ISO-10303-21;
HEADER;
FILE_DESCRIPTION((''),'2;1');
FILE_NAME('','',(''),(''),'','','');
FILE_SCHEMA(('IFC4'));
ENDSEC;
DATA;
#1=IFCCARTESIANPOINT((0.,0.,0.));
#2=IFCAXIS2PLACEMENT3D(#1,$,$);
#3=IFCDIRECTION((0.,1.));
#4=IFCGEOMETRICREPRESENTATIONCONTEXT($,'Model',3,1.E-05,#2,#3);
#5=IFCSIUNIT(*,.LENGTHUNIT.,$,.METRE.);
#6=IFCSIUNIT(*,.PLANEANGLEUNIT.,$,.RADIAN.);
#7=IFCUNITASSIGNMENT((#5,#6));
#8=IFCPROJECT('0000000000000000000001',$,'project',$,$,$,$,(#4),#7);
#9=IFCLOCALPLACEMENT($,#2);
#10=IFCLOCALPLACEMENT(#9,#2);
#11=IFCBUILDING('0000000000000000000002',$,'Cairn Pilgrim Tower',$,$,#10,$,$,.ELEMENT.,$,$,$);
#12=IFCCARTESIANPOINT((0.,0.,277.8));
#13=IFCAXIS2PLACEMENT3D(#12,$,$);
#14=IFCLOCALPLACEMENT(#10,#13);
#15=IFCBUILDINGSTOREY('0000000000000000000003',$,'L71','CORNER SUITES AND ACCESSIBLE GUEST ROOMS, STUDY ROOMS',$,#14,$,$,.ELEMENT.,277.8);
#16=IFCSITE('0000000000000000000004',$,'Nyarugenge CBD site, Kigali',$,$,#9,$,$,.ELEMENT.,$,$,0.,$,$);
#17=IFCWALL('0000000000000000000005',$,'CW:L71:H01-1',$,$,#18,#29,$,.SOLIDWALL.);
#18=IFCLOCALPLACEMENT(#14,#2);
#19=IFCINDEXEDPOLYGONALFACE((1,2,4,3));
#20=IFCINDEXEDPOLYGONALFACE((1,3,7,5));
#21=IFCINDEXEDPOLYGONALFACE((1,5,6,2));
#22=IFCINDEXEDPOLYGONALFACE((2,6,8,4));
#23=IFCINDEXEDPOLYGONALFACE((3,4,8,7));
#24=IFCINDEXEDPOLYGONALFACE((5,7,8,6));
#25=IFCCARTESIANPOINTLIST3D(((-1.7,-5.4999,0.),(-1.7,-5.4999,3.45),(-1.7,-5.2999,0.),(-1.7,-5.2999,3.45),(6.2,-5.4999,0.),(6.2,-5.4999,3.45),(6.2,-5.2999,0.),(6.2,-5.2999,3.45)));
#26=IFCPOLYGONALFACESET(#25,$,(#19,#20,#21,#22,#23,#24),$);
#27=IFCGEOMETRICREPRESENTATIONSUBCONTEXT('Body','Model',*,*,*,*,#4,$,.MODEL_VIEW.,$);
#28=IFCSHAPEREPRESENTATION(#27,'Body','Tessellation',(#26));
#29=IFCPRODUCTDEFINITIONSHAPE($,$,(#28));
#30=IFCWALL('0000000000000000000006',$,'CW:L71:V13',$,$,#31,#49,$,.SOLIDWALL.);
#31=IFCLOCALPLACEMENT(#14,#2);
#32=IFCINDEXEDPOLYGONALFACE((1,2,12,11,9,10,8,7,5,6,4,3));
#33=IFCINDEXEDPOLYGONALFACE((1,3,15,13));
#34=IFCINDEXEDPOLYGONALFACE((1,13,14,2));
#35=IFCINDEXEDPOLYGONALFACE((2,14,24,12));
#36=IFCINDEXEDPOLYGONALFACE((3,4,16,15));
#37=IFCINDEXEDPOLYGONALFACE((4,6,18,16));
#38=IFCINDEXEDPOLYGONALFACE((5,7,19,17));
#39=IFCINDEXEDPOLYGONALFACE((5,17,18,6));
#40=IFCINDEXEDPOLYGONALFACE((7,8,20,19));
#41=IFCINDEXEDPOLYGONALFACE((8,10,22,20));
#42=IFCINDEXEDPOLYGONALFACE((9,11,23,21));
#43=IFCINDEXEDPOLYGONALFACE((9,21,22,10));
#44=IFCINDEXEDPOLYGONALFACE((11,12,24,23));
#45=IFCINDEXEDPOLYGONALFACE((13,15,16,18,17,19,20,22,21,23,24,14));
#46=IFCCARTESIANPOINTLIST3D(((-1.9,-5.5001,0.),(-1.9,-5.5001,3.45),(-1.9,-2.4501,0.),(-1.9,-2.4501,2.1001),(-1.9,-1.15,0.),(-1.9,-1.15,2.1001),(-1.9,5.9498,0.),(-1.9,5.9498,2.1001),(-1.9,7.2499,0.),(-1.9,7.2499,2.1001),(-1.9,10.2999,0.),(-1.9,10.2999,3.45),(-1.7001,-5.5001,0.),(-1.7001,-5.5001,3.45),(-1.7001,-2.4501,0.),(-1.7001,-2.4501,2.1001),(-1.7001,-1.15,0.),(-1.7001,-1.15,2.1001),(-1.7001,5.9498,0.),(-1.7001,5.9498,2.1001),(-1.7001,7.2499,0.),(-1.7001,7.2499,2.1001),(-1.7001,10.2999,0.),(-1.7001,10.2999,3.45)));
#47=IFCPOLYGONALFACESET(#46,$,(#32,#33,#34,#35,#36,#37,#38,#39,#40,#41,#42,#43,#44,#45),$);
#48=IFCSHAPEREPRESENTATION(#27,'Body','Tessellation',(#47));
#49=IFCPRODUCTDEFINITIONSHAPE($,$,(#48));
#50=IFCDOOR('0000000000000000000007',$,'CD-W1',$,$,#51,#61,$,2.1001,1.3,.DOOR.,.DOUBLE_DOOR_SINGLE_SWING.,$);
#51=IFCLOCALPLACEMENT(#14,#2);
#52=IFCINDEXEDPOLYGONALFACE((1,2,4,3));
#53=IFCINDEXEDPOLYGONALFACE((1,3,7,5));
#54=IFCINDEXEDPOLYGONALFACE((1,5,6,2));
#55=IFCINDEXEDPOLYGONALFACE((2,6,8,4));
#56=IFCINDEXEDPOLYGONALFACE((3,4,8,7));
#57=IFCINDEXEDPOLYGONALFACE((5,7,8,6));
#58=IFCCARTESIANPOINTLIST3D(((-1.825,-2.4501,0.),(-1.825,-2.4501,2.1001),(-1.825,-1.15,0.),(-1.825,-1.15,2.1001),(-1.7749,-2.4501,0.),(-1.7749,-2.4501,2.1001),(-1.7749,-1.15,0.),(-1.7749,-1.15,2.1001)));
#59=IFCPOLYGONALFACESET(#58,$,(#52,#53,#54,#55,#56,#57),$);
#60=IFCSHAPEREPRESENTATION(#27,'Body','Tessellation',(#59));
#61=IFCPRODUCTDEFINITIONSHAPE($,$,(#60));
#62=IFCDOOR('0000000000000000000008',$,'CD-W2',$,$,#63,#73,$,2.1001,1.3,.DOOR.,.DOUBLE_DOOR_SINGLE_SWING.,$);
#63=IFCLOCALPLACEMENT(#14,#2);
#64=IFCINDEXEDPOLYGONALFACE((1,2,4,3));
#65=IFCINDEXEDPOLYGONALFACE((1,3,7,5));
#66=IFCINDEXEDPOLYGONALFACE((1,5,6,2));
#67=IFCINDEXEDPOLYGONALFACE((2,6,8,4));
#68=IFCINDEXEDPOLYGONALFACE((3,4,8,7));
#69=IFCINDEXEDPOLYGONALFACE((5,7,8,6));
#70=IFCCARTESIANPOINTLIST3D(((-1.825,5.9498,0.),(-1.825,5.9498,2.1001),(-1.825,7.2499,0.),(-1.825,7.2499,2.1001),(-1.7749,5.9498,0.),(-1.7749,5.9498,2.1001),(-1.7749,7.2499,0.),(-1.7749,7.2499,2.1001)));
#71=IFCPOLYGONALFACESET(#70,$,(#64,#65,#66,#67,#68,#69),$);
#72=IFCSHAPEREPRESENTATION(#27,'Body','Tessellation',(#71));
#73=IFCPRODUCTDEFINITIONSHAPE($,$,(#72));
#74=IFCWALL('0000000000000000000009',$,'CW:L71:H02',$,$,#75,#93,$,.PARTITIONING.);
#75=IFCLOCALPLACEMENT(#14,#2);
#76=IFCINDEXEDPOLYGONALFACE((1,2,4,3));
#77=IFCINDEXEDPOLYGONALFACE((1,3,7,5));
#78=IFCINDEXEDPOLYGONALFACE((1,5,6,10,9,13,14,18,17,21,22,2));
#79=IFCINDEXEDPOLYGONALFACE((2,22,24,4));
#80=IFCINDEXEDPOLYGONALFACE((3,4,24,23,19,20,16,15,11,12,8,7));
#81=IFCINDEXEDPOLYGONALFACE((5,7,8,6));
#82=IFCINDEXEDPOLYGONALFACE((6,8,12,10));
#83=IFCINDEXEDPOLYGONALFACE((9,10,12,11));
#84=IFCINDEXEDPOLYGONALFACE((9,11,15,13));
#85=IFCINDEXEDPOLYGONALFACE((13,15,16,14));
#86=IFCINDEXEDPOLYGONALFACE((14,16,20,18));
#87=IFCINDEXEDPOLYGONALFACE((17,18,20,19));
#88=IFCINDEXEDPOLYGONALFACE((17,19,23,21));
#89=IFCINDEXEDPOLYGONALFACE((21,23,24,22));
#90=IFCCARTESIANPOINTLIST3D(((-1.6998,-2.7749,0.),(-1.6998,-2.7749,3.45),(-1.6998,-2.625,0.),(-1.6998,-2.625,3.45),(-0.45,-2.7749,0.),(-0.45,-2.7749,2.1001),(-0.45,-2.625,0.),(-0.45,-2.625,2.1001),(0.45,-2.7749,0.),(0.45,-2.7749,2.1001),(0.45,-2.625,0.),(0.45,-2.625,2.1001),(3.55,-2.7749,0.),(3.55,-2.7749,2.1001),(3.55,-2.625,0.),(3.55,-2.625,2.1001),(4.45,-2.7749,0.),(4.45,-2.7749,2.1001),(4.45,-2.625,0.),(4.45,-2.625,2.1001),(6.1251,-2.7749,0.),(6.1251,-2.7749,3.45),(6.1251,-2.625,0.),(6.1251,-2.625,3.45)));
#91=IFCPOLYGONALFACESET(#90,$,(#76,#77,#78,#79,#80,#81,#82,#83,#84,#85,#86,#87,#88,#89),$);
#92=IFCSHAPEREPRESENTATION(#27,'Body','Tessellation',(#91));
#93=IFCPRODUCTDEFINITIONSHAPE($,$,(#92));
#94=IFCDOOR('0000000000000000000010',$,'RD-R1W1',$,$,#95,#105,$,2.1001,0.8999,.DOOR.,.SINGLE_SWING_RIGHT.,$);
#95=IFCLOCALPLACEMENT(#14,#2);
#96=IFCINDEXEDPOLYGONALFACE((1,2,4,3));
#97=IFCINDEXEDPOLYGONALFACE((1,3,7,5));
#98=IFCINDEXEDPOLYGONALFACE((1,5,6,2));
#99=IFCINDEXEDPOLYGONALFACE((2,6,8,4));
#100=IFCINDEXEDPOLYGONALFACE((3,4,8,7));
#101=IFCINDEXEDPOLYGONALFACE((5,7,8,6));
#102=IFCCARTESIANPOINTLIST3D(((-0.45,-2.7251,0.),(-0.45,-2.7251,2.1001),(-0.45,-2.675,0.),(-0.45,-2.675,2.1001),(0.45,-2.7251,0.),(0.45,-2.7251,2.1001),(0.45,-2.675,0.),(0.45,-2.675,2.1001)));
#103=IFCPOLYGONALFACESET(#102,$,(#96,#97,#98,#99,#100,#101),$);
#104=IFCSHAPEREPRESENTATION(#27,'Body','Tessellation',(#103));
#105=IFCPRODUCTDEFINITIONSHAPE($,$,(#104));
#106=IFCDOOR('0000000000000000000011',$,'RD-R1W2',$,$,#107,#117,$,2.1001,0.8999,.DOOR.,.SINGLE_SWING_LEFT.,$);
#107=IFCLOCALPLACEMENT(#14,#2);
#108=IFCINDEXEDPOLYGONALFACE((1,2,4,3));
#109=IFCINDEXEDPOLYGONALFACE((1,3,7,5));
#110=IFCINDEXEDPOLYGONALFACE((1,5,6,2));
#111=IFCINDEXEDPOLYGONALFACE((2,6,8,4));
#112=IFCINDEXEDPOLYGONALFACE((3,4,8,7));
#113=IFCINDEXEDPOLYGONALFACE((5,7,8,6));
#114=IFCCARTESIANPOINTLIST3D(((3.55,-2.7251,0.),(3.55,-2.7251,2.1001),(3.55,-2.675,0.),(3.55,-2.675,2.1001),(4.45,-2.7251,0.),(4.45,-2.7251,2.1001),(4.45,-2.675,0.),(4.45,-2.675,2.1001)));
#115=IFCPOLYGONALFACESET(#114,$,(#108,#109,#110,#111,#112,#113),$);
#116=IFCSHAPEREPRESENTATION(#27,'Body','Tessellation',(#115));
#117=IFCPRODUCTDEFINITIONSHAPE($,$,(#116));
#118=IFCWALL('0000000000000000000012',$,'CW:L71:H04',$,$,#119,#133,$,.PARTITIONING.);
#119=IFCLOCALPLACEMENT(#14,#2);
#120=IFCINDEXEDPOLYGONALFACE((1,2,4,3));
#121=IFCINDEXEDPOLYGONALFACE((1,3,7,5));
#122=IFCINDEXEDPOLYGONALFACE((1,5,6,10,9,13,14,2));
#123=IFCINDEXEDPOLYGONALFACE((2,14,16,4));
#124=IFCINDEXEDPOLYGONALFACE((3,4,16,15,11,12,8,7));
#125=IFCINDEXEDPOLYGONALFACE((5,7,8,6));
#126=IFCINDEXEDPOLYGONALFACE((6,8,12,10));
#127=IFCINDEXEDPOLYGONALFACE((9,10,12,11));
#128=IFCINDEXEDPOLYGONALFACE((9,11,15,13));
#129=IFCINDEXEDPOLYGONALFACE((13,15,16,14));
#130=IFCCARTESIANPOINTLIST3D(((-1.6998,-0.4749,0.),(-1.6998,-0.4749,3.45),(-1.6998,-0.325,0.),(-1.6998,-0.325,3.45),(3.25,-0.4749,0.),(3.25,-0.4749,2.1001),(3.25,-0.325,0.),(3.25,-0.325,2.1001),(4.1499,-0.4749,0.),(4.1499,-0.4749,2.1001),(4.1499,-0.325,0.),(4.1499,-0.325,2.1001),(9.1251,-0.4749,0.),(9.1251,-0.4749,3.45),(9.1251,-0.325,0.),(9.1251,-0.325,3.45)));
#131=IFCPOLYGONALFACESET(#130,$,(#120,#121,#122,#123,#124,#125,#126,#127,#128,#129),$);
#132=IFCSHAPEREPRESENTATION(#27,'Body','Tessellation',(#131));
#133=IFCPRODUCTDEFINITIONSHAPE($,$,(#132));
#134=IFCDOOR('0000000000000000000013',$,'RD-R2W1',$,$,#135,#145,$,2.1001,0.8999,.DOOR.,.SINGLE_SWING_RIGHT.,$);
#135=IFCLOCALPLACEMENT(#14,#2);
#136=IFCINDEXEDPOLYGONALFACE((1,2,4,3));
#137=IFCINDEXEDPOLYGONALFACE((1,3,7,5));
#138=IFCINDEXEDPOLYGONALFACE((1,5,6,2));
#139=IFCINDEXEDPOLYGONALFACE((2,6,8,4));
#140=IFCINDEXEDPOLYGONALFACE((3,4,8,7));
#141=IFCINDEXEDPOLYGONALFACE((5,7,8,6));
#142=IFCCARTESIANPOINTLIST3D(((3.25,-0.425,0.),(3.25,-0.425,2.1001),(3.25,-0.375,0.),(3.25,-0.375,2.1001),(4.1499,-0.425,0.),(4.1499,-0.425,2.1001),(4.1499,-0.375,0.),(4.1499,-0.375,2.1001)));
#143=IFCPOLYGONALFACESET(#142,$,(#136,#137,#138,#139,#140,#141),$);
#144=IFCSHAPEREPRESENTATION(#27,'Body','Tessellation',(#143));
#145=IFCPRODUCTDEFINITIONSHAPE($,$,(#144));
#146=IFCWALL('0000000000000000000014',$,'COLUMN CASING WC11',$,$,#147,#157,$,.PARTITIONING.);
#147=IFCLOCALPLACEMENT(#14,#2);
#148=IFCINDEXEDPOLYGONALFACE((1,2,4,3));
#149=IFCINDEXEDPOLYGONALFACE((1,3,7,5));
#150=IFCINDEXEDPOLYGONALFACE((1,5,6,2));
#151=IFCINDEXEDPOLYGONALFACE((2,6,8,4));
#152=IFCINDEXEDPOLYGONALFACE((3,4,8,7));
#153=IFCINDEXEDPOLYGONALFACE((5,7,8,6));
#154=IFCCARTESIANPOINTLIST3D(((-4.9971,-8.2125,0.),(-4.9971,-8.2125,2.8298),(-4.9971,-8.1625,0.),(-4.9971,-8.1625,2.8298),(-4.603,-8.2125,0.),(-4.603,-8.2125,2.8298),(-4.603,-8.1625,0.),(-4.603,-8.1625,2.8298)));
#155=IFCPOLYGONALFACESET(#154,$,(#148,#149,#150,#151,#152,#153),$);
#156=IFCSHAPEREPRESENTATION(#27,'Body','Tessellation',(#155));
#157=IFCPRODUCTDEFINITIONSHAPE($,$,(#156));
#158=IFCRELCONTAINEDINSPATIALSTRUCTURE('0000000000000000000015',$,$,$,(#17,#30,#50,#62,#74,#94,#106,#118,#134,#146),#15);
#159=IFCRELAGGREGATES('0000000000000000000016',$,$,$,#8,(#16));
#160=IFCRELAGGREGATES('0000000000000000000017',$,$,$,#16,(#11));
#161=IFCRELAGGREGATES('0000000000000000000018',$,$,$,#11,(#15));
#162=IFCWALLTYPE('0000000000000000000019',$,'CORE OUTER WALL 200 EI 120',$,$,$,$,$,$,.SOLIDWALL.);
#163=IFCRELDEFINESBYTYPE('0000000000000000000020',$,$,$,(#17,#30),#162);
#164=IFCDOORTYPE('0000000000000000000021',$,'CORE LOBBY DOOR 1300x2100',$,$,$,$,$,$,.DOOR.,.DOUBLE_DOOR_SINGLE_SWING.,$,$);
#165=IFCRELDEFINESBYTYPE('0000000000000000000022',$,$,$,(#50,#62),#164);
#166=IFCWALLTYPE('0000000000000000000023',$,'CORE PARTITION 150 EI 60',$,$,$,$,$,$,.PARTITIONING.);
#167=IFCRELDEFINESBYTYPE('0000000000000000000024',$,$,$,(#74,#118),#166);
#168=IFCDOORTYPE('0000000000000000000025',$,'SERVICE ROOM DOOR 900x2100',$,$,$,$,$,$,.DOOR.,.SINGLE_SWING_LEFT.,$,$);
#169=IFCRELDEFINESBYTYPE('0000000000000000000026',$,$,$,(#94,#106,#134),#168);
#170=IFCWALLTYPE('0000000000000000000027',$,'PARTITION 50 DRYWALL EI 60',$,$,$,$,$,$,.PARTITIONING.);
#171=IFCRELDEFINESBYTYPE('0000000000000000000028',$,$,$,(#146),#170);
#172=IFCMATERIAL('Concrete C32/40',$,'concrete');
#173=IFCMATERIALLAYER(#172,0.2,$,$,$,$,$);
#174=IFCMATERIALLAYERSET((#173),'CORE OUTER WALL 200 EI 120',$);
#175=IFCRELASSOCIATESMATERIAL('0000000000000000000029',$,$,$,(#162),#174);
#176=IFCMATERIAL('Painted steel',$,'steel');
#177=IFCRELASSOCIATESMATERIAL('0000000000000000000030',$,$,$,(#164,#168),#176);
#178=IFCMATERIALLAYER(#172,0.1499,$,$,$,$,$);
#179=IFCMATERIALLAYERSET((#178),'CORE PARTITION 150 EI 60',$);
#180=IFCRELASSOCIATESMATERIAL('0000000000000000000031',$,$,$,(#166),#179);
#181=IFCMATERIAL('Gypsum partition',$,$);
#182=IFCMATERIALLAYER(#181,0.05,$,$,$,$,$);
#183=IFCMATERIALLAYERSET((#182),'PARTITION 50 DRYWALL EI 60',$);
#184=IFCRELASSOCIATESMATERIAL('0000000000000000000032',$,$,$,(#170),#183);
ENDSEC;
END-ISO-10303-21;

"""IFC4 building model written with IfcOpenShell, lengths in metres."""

from ifc_helpers import new_model, si_unit, direction, frame, frame_2d, origin, place, context, subcontext, project, spatial, rectangle, extrude, material, layer, layer_set, type_object, element, fill, save


model = new_model("IFC4")

# Units and contexts
model_context = context("Model", 3, precision=1e-05, world=origin(), true_north=direction((0.0, 1.0)))
body_context = subcontext(model_context, "Body", "Model", "MODEL_VIEW")
ifc_project = project(units=[si_unit("LENGTHUNIT", "METRE"), si_unit("PLANEANGLEUNIT", "RADIAN")], contexts=[model_context])

# Site, building, storey
site_placement = place(None, origin())
site = spatial("IfcSite", under=ifc_project, at=site_placement, Name="Nyarugenge CBD site, Kigali", CompositionType="ELEMENT", RefElevation=0.0)
building_placement = place(site_placement, origin())
building = spatial("IfcBuilding", under=site, at=building_placement, Name="Cairn Pilgrim Tower", CompositionType="ELEMENT")
storey_placement = place(building_placement, frame((0.0, 0.0, 277.8)))
storey = spatial("IfcBuildingStorey", under=building, at=storey_placement, Name="L71", Description="CORNER SUITES AND ACCESSIBLE GUEST ROOMS, STUDY ROOMS", CompositionType="ELEMENT", Elevation=277.8)

# Wall
ifc_material_1 = material(Name="Concrete C32/40", Category="concrete")
ifc_layer_1 = layer(ifc_material_1, 0.2)
ifc_layer_set_1 = layer_set([ifc_layer_1], Name="CORE OUTER WALL 200 EI 120")
wall_type_1 = type_object("IfcWallType", Name="CORE OUTER WALL 200 EI 120", PredefinedType="SOLIDWALL", material=ifc_layer_set_1)
wall_1_placement = place(storey_placement, frame((-1.7, -5.3999, 0.0), z_axis=(0.0, 0.0, 1.0), x_axis=(1.0, 0.0, 0.0)))
element("IfcWall", 1, at=wall_1_placement, inside=storey, type_object=wall_type_1, Name="CW:L71:H01-1", PredefinedType="SOLIDWALL", context=body_context, shape_type="SweptSolid", body=[
    extrude(rectangle(XDim=7.8999, YDim=0.2, at=frame_2d((3.95, 0.0))), origin(), (0.0, 0.0, 1.0), 3.45),
])

# Walls, openings, doors
wall_2_placement = place(storey_placement, frame((-1.8, -5.5, 0.0), z_axis=(0.0, 0.0, 1.0), x_axis=(0.0, 1.0, 0.0)))
wall_2 = element("IfcWall", 2, at=wall_2_placement, inside=storey, type_object=wall_type_1, Name="CW:L71:V13", PredefinedType="SOLIDWALL", context=body_context, shape_type="SweptSolid", body=[
    extrude(rectangle(XDim=15.8, YDim=0.2, at=frame_2d((7.8999, 0.0))), origin(), (0.0, 0.0, 1.0), 3.45),
])
opening_1_placement = place(wall_2_placement, frame((3.05, 0.0, 0.0)))
opening_1 = element("IfcOpeningElement", 3, at=opening_1_placement, cuts=wall_2, PredefinedType="OPENING", context=body_context, shape_type="SweptSolid", body=[
    extrude(rectangle(XDim=1.3, YDim=2.1001, at=frame_2d((0.6499, 1.05))), frame((0.0, 0.1099, 0.0), z_axis=(0.0, -1.0, 0.0), x_axis=(1.0, 0.0, 0.0)), (0.0, 0.0, 1.0), 0.22),
])
opening_2_placement = place(wall_2_placement, frame((11.45, 0.0, 0.0)))
opening_2 = element("IfcOpeningElement", 4, at=opening_2_placement, cuts=wall_2, PredefinedType="OPENING", context=body_context, shape_type="SweptSolid", body=[
    extrude(rectangle(XDim=1.3, YDim=2.1001, at=frame_2d((0.6499, 1.05))), frame((0.0, 0.1099, 0.0), z_axis=(0.0, -1.0, 0.0), x_axis=(1.0, 0.0, 0.0)), (0.0, 0.0, 1.0), 0.22),
])
ifc_material_2 = material(Name="Painted steel", Category="steel")
door_type_1 = type_object("IfcDoorType", Name="CORE LOBBY DOOR 1300x2100", OperationType="DOUBLE_DOOR_SINGLE_SWING", PredefinedType="DOOR", material=ifc_material_2)
door_1_placement = place(opening_1_placement, origin())
door_1 = element("IfcDoor", 5, at=door_1_placement, inside=storey, type_object=door_type_1, Name="CD-W1", OperationType="DOUBLE_DOOR_SINGLE_SWING", OverallHeight=2.1001, OverallWidth=1.3, PredefinedType="DOOR", context=body_context, shape_type="SweptSolid", body=[
    extrude(rectangle(XDim=1.3, YDim=2.1001, at=frame_2d((0.6499, 1.05))), frame((0.0, 0.0249, 0.0), z_axis=(0.0, -1.0, 0.0), x_axis=(1.0, 0.0, 0.0)), (0.0, 0.0, 1.0), 0.05),
])
fill(opening_1, door_1)
door_2_placement = place(opening_2_placement, origin())
door_2 = element("IfcDoor", 6, at=door_2_placement, inside=storey, type_object=door_type_1, Name="CD-W2", OperationType="DOUBLE_DOOR_SINGLE_SWING", OverallHeight=2.1001, OverallWidth=1.3, PredefinedType="DOOR", context=body_context, shape_type="SweptSolid", body=[
    extrude(rectangle(XDim=1.3, YDim=2.1001, at=frame_2d((0.6499, 1.05))), frame((0.0, 0.0249, 0.0), z_axis=(0.0, -1.0, 0.0), x_axis=(1.0, 0.0, 0.0)), (0.0, 0.0, 1.0), 0.05),
])
fill(opening_2, door_2)
ifc_layer_2 = layer(ifc_material_1, 0.1499)
ifc_layer_set_2 = layer_set([ifc_layer_2], Name="CORE PARTITION 150 EI 60")
wall_type_2 = type_object("IfcWallType", Name="CORE PARTITION 150 EI 60", PredefinedType="PARTITIONING", material=ifc_layer_set_2)
wall_3_placement = place(storey_placement, frame((-1.7, -2.7, 0.0), z_axis=(0.0, 0.0, 1.0), x_axis=(1.0, 0.0, 0.0)))
wall_3 = element("IfcWall", 7, at=wall_3_placement, inside=storey, type_object=wall_type_2, Name="CW:L71:H02", PredefinedType="PARTITIONING", context=body_context, shape_type="SweptSolid", body=[
    extrude(rectangle(XDim=7.825, YDim=0.1499, at=frame_2d((3.9126, 0.0))), origin(), (0.0, 0.0, 1.0), 3.45),
])
opening_3_placement = place(wall_3_placement, frame((1.25, 0.0, 0.0)))
opening_3 = element("IfcOpeningElement", 8, at=opening_3_placement, cuts=wall_3, PredefinedType="OPENING", context=body_context, shape_type="SweptSolid", body=[
    extrude(rectangle(XDim=0.8999, YDim=2.1001, at=frame_2d((0.45, 1.05))), frame((0.0, 0.085, 0.0), z_axis=(0.0, -1.0, 0.0), x_axis=(1.0, 0.0, 0.0)), (0.0, 0.0, 1.0), 0.1699),
])
opening_4_placement = place(wall_3_placement, frame((5.25, 0.0, 0.0)))
opening_4 = element("IfcOpeningElement", 9, at=opening_4_placement, cuts=wall_3, PredefinedType="OPENING", context=body_context, shape_type="SweptSolid", body=[
    extrude(rectangle(XDim=0.8999, YDim=2.1001, at=frame_2d((0.45, 1.05))), frame((0.0, 0.085, 0.0), z_axis=(0.0, -1.0, 0.0), x_axis=(1.0, 0.0, 0.0)), (0.0, 0.0, 1.0), 0.1699),
])
door_type_2 = type_object("IfcDoorType", Name="SERVICE ROOM DOOR 900x2100", OperationType="SINGLE_SWING_LEFT", PredefinedType="DOOR", material=ifc_material_2)
door_3_placement = place(opening_3_placement, origin())
door_3 = element("IfcDoor", 10, at=door_3_placement, inside=storey, type_object=door_type_2, Name="RD-R1W1", OperationType="SINGLE_SWING_RIGHT", OverallHeight=2.1001, OverallWidth=0.8999, PredefinedType="DOOR", context=body_context, shape_type="SweptSolid", body=[
    extrude(rectangle(XDim=0.8999, YDim=2.1001, at=frame_2d((0.45, 1.05))), frame((0.0, 0.0249, 0.0), z_axis=(0.0, -1.0, 0.0), x_axis=(1.0, 0.0, 0.0)), (0.0, 0.0, 1.0), 0.05),
])
fill(opening_3, door_3)
door_4_placement = place(opening_4_placement, origin())
door_4 = element("IfcDoor", 11, at=door_4_placement, inside=storey, type_object=door_type_2, Name="RD-R1W2", OperationType="SINGLE_SWING_LEFT", OverallHeight=2.1001, OverallWidth=0.8999, PredefinedType="DOOR", context=body_context, shape_type="SweptSolid", body=[
    extrude(rectangle(XDim=0.8999, YDim=2.1001, at=frame_2d((0.45, 1.05))), frame((0.0, 0.0249, 0.0), z_axis=(0.0, -1.0, 0.0), x_axis=(1.0, 0.0, 0.0)), (0.0, 0.0, 1.0), 0.05),
])
fill(opening_4, door_4)

# Wall, opening, door
wall_4_placement = place(storey_placement, frame((-1.7, -0.3999, 0.0), z_axis=(0.0, 0.0, 1.0), x_axis=(1.0, 0.0, 0.0)))
wall_4 = element("IfcWall", 12, at=wall_4_placement, inside=storey, type_object=wall_type_2, Name="CW:L71:H04", PredefinedType="PARTITIONING", context=body_context, shape_type="SweptSolid", body=[
    extrude(rectangle(XDim=10.825, YDim=0.1499, at=frame_2d((5.4126, 0.0))), origin(), (0.0, 0.0, 1.0), 3.45),
])
opening_5_placement = place(wall_4_placement, frame((4.95, 0.0, 0.0)))
opening_5 = element("IfcOpeningElement", 13, at=opening_5_placement, cuts=wall_4, PredefinedType="OPENING", context=body_context, shape_type="SweptSolid", body=[
    extrude(rectangle(XDim=0.8999, YDim=2.1001, at=frame_2d((0.45, 1.05))), frame((0.0, 0.085, 0.0), z_axis=(0.0, -1.0, 0.0), x_axis=(1.0, 0.0, 0.0)), (0.0, 0.0, 1.0), 0.1699),
])
door_5_placement = place(opening_5_placement, origin())
door_5 = element("IfcDoor", 14, at=door_5_placement, inside=storey, type_object=door_type_2, Name="RD-R2W1", OperationType="SINGLE_SWING_RIGHT", OverallHeight=2.1001, OverallWidth=0.8999, PredefinedType="DOOR", context=body_context, shape_type="SweptSolid", body=[
    extrude(rectangle(XDim=0.8999, YDim=2.1001, at=frame_2d((0.45, 1.05))), frame((0.0, 0.0249, 0.0), z_axis=(0.0, -1.0, 0.0), x_axis=(1.0, 0.0, 0.0)), (0.0, 0.0, 1.0), 0.05),
])
fill(opening_5, door_5)

# Wall
ifc_material_3 = material(Name="Gypsum partition")
ifc_layer_3 = layer(ifc_material_3, 0.05)
ifc_layer_set_3 = layer_set([ifc_layer_3], Name="PARTITION 50 DRYWALL EI 60")
wall_type_3 = type_object("IfcWallType", Name="PARTITION 50 DRYWALL EI 60", PredefinedType="PARTITIONING", material=ifc_layer_set_3)
wall_5_placement = place(storey_placement, frame((-4.9971, -8.1875, 0.0), z_axis=(0.0, 0.0, 1.0), x_axis=(1.0, 0.0, 0.0)))
element("IfcWall", 15, at=wall_5_placement, inside=storey, type_object=wall_type_3, Name="COLUMN CASING WC11", PredefinedType="PARTITIONING", context=body_context, shape_type="SweptSolid", body=[
    extrude(rectangle(XDim=0.394, YDim=0.05, at=frame_2d((0.197, 0.0))), origin(), (0.0, 0.0, 1.0), 2.8298),
])

save(model, "model.ifc")
